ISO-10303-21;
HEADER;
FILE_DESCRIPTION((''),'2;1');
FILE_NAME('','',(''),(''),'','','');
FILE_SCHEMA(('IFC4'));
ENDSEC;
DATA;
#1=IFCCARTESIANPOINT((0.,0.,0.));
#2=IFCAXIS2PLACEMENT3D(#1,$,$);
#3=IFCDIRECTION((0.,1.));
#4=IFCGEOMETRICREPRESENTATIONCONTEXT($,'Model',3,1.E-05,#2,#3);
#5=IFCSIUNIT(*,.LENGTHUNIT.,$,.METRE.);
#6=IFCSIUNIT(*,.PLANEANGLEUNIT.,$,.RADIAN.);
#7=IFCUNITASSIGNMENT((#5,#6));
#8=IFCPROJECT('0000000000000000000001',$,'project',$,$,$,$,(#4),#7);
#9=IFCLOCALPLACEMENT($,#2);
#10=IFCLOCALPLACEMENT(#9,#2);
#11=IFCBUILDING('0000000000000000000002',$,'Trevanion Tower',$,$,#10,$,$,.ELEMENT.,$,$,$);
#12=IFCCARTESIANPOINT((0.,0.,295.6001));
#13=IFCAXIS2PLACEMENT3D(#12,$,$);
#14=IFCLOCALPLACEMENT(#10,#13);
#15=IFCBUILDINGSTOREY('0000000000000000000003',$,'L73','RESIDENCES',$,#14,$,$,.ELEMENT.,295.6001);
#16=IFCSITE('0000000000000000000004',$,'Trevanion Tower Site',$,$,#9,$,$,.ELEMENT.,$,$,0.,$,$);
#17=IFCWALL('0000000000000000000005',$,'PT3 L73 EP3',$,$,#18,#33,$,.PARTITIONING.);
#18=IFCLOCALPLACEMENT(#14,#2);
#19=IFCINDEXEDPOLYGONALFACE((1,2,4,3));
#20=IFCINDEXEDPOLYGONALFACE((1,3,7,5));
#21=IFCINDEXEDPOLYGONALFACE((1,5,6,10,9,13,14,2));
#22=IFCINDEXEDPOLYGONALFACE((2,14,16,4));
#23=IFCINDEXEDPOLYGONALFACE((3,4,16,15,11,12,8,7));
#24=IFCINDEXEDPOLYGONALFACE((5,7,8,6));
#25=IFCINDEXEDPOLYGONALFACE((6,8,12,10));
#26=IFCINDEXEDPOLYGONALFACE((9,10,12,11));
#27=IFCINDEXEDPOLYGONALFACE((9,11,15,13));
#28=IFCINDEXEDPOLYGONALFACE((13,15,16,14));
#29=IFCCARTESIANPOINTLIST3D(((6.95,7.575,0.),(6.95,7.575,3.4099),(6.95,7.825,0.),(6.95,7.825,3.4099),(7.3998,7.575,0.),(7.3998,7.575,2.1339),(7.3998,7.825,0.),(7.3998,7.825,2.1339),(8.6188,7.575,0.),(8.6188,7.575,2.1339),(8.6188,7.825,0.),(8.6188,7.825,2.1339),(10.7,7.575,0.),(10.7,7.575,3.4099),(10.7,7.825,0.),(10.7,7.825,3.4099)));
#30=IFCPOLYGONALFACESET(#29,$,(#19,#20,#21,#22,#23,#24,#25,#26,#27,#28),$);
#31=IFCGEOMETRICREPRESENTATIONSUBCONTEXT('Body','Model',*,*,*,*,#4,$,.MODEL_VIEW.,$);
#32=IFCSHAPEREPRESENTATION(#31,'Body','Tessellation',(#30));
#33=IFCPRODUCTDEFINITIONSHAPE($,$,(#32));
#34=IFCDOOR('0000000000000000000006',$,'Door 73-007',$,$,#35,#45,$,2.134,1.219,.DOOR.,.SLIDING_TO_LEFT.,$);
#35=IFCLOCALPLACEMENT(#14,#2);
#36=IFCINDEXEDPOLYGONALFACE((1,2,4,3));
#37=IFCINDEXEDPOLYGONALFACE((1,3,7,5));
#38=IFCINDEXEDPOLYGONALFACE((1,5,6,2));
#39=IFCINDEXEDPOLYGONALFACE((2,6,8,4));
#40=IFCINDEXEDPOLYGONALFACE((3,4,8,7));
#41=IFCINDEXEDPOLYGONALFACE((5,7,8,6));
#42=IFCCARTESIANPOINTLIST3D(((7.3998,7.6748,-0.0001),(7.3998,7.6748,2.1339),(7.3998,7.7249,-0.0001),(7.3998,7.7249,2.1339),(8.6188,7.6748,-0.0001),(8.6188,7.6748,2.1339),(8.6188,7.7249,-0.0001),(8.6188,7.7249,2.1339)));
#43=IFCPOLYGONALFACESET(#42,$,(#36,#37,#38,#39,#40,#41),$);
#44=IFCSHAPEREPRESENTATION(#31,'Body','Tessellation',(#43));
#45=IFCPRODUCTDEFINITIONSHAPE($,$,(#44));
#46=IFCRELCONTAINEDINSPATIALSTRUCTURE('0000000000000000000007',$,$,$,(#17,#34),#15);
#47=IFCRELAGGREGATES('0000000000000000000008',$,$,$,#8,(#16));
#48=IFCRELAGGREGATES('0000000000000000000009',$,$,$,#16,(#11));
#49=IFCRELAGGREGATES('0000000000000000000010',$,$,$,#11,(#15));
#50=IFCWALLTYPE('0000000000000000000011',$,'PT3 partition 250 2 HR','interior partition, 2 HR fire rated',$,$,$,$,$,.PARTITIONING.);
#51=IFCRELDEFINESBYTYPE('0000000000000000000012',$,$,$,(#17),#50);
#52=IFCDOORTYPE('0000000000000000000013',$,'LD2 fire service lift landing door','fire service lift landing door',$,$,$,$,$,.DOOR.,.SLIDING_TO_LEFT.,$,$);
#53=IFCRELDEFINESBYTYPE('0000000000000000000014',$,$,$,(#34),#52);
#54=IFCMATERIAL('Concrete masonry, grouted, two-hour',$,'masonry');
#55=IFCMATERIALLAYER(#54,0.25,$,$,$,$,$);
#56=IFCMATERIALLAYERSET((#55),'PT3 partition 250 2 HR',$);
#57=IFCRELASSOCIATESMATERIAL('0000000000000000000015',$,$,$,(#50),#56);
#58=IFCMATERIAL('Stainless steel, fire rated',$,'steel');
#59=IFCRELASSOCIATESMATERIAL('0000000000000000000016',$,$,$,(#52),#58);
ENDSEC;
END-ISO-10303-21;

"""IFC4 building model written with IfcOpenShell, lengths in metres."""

from ifc_helpers import new_model, si_unit, direction, frame, frame_2d, origin, place, context, subcontext, project, spatial, rectangle, extrude, material, layer, layer_set, type_object, element, fill, save


model = new_model("IFC4")

# Units and contexts
model_context = context("Model", 3, precision=1e-05, world=origin(), true_north=direction((0.0, 1.0)))
body_context = subcontext(model_context, "Body", "Model", "MODEL_VIEW")
ifc_project = project(units=[si_unit("LENGTHUNIT", "METRE"), si_unit("PLANEANGLEUNIT", "RADIAN")], contexts=[model_context])

# Site, building, storey
site_placement = place(None, origin())
site = spatial("IfcSite", under=ifc_project, at=site_placement, Name="Trevanion Tower Site", CompositionType="ELEMENT", RefElevation=0.0)
building_placement = place(site_placement, origin())
building = spatial("IfcBuilding", under=site, at=building_placement, Name="Trevanion Tower", CompositionType="ELEMENT")
storey_placement = place(building_placement, frame((0.0, 0.0, 295.6001)))
storey = spatial("IfcBuildingStorey", under=building, at=storey_placement, Name="L73", Description="RESIDENCES", CompositionType="ELEMENT", Elevation=295.6001)

# Wall, opening, door
ifc_material_1 = material(Name="Concrete masonry, grouted, two-hour", Category="masonry")
ifc_layer_1 = layer(ifc_material_1, 0.25)
ifc_layer_set_1 = layer_set([ifc_layer_1], Name="PT3 partition 250 2 HR")
wall_type_1 = type_object("IfcWallType", Name="PT3 partition 250 2 HR", Description="interior partition, 2 HR fire rated", PredefinedType="PARTITIONING", material=ifc_layer_set_1)
wall_1_placement = place(storey_placement, frame((6.95, 7.7, 0.0), z_axis=(0.0, 0.0, 1.0), x_axis=(1.0, 0.0, 0.0)))
wall_1 = element("IfcWall", 1, at=wall_1_placement, inside=storey, type_object=wall_type_1, Name="PT3 L73 EP3", PredefinedType="PARTITIONING", context=body_context, shape_type="SweptSolid", body=[
    extrude(rectangle(XDim=3.75, YDim=0.25, at=frame_2d((1.875, 0.0))), origin(), (0.0, 0.0, 1.0), 3.4099),
])
opening_1_placement = place(wall_1_placement, frame((0.45, 0.0, 0.0)))
opening_1 = element("IfcOpeningElement", 2, at=opening_1_placement, cuts=wall_1, PredefinedType="OPENING", context=body_context, shape_type="SweptSolid", body=[
    extrude(rectangle(XDim=1.219, YDim=2.134, at=frame_2d((0.6094, 1.0669))), frame((0.0, 0.135, 0.0), z_axis=(0.0, -1.0, 0.0), x_axis=(1.0, 0.0, 0.0)), (0.0, 0.0, 1.0), 0.27),
])
ifc_material_2 = material(Name="Stainless steel, fire rated", Category="steel")
door_type_1 = type_object("IfcDoorType", Name="LD2 fire service lift landing door", Description="fire service lift landing door", OperationType="SLIDING_TO_LEFT", PredefinedType="DOOR", material=ifc_material_2)
door_1_placement = place(opening_1_placement, origin())
door_1 = element("IfcDoor", 3, at=door_1_placement, inside=storey, type_object=door_type_1, Name="Door 73-007", OperationType="SLIDING_TO_LEFT", OverallHeight=2.134, OverallWidth=1.219, PredefinedType="DOOR", context=body_context, shape_type="SweptSolid", body=[
    extrude(rectangle(XDim=1.219, YDim=2.134, at=frame_2d((0.6094, 1.0669))), frame((0.0, 0.0249, 0.0), z_axis=(0.0, -1.0, 0.0), x_axis=(1.0, 0.0, 0.0)), (0.0, 0.0, 1.0), 0.05),
])
fill(opening_1, door_1)

save(model, "model.ifc")
